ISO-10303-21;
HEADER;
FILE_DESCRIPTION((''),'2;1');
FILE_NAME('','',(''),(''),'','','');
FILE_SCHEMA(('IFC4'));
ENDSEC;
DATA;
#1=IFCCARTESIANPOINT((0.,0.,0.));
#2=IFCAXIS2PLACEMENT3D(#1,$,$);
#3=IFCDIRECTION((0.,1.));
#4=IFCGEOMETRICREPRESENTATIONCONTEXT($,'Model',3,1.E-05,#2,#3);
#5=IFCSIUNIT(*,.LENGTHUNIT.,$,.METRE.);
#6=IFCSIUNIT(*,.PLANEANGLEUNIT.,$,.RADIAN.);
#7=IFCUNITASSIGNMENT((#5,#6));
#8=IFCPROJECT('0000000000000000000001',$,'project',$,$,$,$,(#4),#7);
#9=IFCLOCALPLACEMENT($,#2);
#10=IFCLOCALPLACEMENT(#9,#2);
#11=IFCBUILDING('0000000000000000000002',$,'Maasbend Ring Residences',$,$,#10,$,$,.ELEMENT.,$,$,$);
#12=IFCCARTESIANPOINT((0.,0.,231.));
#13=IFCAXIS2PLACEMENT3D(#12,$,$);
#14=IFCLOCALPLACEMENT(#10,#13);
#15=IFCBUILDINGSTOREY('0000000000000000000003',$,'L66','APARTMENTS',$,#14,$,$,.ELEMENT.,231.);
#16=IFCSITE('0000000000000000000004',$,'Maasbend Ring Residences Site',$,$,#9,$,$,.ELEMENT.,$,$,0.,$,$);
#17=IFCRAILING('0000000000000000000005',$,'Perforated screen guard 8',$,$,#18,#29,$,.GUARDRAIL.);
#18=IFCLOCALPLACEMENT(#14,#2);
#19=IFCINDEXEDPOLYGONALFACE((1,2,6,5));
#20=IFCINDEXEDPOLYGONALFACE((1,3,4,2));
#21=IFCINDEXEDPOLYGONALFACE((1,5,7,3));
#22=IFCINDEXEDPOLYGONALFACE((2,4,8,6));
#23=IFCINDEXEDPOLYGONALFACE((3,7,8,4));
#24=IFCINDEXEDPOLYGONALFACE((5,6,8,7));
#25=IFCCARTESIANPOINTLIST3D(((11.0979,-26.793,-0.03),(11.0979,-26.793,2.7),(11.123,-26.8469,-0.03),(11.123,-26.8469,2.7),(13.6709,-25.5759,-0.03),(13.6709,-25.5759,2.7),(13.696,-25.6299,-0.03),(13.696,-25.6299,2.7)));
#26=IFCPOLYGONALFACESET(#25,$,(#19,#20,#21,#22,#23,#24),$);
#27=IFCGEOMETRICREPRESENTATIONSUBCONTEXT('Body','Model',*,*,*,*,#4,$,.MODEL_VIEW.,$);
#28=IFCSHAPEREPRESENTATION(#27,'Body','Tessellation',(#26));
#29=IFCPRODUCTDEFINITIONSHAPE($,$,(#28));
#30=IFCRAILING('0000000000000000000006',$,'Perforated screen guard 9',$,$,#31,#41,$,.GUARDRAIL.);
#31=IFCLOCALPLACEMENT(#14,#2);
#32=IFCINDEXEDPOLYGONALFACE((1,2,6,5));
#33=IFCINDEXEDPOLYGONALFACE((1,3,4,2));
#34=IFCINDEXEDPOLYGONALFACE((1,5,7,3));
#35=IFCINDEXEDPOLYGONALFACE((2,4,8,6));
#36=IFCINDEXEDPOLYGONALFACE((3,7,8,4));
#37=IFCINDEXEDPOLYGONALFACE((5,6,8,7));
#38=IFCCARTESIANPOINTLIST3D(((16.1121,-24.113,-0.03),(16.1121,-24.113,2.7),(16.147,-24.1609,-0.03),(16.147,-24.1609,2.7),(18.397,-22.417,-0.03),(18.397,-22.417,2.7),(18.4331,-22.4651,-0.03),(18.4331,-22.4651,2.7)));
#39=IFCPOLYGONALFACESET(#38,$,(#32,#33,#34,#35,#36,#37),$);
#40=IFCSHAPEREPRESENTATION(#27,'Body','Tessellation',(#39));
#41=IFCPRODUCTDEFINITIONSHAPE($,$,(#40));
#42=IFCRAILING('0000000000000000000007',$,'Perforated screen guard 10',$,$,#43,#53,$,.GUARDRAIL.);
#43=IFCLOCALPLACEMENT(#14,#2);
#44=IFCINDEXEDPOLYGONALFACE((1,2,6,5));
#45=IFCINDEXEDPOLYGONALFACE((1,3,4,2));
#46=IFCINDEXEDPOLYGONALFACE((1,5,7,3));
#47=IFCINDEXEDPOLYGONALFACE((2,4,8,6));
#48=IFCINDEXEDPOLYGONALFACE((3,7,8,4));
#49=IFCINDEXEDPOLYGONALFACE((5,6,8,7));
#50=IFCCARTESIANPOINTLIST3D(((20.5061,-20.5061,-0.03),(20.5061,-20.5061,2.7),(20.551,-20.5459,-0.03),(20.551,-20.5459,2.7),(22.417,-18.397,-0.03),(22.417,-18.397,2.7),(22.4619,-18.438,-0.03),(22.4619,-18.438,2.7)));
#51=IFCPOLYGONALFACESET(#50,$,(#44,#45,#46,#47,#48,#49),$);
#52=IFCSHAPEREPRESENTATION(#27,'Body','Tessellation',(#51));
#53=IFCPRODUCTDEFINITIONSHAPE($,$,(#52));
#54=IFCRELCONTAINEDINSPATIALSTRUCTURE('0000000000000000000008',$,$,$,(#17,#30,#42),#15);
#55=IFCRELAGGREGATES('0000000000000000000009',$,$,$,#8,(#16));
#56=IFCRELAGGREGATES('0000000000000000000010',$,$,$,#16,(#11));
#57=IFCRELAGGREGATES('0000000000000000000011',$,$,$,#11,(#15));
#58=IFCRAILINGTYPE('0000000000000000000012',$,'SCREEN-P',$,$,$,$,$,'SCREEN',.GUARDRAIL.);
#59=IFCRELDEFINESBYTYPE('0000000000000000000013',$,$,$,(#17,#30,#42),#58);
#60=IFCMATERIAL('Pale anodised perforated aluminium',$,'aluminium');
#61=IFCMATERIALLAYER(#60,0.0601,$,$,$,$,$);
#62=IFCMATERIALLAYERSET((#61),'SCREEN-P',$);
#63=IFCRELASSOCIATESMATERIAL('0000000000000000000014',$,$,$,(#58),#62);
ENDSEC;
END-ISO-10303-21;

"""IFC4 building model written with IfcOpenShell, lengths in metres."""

from ifc_helpers import new_model, si_unit, direction, frame, origin, place, context, subcontext, project, spatial, polyline, outline, extrude, material, layer, layer_set, type_object, element, save


model = new_model("IFC4")

# Units and contexts
model_context = context("Model", 3, precision=1e-05, world=origin(), true_north=direction((0.0, 1.0)))
body_context = subcontext(model_context, "Body", "Model", "MODEL_VIEW")
ifc_project = project(units=[si_unit("LENGTHUNIT", "METRE"), si_unit("PLANEANGLEUNIT", "RADIAN")], contexts=[model_context])

# Site, building, storey
site_placement = place(None, origin())
site = spatial("IfcSite", under=ifc_project, at=site_placement, Name="Maasbend Ring Residences Site", CompositionType="ELEMENT", RefElevation=0.0)
building_placement = place(site_placement, origin())
building = spatial("IfcBuilding", under=site, at=building_placement, Name="Maasbend Ring Residences", CompositionType="ELEMENT")
storey_placement = place(building_placement, frame((0.0, 0.0, 231.0)))
storey = spatial("IfcBuildingStorey", under=building, at=storey_placement, Name="L66", Description="APARTMENTS", CompositionType="ELEMENT", Elevation=231.0)

# Railings
ifc_material_1 = material(Name="Pale anodised perforated aluminium", Category="aluminium")
ifc_layer_1 = layer(ifc_material_1, 0.0601)
ifc_layer_set_1 = layer_set([ifc_layer_1], Name="SCREEN-P")
railing_type = type_object("IfcRailingType", Name="SCREEN-P", ElementType="SCREEN", PredefinedType="GUARDRAIL", material=ifc_layer_set_1)
railing_1_placement = place(storey_placement, frame((0.0, 0.0, -0.03)))
element("IfcRailing", 1, at=railing_1_placement, inside=storey, type_object=railing_type, Name="Perforated screen guard 8", PredefinedType="GUARDRAIL", context=body_context, shape_type="SweptSolid", body=[
    extrude(outline(polyline([(11.0979, -26.793), (13.6709, -25.5759), (13.696, -25.6299), (11.123, -26.8469), (11.0979, -26.793)])), origin(), (0.0, 0.0, 1.0), 2.73),
])
railing_2_placement = place(storey_placement, frame((0.0, 0.0, -0.03)))
element("IfcRailing", 2, at=railing_2_placement, inside=storey, type_object=railing_type, Name="Perforated screen guard 9", PredefinedType="GUARDRAIL", context=body_context, shape_type="SweptSolid", body=[
    extrude(outline(polyline([(16.1121, -24.113), (18.397, -22.417), (18.4331, -22.4651), (16.147, -24.1609), (16.1121, -24.113)])), origin(), (0.0, 0.0, 1.0), 2.73),
])
railing_3_placement = place(storey_placement, frame((0.0, 0.0, -0.03)))
element("IfcRailing", 3, at=railing_3_placement, inside=storey, type_object=railing_type, Name="Perforated screen guard 10", PredefinedType="GUARDRAIL", context=body_context, shape_type="SweptSolid", body=[
    extrude(outline(polyline([(20.5061, -20.5061), (22.417, -18.397), (22.4619, -18.438), (20.551, -20.5459), (20.5061, -20.5061)])), origin(), (0.0, 0.0, 1.0), 2.73),
])

save(model, "model.ifc")
